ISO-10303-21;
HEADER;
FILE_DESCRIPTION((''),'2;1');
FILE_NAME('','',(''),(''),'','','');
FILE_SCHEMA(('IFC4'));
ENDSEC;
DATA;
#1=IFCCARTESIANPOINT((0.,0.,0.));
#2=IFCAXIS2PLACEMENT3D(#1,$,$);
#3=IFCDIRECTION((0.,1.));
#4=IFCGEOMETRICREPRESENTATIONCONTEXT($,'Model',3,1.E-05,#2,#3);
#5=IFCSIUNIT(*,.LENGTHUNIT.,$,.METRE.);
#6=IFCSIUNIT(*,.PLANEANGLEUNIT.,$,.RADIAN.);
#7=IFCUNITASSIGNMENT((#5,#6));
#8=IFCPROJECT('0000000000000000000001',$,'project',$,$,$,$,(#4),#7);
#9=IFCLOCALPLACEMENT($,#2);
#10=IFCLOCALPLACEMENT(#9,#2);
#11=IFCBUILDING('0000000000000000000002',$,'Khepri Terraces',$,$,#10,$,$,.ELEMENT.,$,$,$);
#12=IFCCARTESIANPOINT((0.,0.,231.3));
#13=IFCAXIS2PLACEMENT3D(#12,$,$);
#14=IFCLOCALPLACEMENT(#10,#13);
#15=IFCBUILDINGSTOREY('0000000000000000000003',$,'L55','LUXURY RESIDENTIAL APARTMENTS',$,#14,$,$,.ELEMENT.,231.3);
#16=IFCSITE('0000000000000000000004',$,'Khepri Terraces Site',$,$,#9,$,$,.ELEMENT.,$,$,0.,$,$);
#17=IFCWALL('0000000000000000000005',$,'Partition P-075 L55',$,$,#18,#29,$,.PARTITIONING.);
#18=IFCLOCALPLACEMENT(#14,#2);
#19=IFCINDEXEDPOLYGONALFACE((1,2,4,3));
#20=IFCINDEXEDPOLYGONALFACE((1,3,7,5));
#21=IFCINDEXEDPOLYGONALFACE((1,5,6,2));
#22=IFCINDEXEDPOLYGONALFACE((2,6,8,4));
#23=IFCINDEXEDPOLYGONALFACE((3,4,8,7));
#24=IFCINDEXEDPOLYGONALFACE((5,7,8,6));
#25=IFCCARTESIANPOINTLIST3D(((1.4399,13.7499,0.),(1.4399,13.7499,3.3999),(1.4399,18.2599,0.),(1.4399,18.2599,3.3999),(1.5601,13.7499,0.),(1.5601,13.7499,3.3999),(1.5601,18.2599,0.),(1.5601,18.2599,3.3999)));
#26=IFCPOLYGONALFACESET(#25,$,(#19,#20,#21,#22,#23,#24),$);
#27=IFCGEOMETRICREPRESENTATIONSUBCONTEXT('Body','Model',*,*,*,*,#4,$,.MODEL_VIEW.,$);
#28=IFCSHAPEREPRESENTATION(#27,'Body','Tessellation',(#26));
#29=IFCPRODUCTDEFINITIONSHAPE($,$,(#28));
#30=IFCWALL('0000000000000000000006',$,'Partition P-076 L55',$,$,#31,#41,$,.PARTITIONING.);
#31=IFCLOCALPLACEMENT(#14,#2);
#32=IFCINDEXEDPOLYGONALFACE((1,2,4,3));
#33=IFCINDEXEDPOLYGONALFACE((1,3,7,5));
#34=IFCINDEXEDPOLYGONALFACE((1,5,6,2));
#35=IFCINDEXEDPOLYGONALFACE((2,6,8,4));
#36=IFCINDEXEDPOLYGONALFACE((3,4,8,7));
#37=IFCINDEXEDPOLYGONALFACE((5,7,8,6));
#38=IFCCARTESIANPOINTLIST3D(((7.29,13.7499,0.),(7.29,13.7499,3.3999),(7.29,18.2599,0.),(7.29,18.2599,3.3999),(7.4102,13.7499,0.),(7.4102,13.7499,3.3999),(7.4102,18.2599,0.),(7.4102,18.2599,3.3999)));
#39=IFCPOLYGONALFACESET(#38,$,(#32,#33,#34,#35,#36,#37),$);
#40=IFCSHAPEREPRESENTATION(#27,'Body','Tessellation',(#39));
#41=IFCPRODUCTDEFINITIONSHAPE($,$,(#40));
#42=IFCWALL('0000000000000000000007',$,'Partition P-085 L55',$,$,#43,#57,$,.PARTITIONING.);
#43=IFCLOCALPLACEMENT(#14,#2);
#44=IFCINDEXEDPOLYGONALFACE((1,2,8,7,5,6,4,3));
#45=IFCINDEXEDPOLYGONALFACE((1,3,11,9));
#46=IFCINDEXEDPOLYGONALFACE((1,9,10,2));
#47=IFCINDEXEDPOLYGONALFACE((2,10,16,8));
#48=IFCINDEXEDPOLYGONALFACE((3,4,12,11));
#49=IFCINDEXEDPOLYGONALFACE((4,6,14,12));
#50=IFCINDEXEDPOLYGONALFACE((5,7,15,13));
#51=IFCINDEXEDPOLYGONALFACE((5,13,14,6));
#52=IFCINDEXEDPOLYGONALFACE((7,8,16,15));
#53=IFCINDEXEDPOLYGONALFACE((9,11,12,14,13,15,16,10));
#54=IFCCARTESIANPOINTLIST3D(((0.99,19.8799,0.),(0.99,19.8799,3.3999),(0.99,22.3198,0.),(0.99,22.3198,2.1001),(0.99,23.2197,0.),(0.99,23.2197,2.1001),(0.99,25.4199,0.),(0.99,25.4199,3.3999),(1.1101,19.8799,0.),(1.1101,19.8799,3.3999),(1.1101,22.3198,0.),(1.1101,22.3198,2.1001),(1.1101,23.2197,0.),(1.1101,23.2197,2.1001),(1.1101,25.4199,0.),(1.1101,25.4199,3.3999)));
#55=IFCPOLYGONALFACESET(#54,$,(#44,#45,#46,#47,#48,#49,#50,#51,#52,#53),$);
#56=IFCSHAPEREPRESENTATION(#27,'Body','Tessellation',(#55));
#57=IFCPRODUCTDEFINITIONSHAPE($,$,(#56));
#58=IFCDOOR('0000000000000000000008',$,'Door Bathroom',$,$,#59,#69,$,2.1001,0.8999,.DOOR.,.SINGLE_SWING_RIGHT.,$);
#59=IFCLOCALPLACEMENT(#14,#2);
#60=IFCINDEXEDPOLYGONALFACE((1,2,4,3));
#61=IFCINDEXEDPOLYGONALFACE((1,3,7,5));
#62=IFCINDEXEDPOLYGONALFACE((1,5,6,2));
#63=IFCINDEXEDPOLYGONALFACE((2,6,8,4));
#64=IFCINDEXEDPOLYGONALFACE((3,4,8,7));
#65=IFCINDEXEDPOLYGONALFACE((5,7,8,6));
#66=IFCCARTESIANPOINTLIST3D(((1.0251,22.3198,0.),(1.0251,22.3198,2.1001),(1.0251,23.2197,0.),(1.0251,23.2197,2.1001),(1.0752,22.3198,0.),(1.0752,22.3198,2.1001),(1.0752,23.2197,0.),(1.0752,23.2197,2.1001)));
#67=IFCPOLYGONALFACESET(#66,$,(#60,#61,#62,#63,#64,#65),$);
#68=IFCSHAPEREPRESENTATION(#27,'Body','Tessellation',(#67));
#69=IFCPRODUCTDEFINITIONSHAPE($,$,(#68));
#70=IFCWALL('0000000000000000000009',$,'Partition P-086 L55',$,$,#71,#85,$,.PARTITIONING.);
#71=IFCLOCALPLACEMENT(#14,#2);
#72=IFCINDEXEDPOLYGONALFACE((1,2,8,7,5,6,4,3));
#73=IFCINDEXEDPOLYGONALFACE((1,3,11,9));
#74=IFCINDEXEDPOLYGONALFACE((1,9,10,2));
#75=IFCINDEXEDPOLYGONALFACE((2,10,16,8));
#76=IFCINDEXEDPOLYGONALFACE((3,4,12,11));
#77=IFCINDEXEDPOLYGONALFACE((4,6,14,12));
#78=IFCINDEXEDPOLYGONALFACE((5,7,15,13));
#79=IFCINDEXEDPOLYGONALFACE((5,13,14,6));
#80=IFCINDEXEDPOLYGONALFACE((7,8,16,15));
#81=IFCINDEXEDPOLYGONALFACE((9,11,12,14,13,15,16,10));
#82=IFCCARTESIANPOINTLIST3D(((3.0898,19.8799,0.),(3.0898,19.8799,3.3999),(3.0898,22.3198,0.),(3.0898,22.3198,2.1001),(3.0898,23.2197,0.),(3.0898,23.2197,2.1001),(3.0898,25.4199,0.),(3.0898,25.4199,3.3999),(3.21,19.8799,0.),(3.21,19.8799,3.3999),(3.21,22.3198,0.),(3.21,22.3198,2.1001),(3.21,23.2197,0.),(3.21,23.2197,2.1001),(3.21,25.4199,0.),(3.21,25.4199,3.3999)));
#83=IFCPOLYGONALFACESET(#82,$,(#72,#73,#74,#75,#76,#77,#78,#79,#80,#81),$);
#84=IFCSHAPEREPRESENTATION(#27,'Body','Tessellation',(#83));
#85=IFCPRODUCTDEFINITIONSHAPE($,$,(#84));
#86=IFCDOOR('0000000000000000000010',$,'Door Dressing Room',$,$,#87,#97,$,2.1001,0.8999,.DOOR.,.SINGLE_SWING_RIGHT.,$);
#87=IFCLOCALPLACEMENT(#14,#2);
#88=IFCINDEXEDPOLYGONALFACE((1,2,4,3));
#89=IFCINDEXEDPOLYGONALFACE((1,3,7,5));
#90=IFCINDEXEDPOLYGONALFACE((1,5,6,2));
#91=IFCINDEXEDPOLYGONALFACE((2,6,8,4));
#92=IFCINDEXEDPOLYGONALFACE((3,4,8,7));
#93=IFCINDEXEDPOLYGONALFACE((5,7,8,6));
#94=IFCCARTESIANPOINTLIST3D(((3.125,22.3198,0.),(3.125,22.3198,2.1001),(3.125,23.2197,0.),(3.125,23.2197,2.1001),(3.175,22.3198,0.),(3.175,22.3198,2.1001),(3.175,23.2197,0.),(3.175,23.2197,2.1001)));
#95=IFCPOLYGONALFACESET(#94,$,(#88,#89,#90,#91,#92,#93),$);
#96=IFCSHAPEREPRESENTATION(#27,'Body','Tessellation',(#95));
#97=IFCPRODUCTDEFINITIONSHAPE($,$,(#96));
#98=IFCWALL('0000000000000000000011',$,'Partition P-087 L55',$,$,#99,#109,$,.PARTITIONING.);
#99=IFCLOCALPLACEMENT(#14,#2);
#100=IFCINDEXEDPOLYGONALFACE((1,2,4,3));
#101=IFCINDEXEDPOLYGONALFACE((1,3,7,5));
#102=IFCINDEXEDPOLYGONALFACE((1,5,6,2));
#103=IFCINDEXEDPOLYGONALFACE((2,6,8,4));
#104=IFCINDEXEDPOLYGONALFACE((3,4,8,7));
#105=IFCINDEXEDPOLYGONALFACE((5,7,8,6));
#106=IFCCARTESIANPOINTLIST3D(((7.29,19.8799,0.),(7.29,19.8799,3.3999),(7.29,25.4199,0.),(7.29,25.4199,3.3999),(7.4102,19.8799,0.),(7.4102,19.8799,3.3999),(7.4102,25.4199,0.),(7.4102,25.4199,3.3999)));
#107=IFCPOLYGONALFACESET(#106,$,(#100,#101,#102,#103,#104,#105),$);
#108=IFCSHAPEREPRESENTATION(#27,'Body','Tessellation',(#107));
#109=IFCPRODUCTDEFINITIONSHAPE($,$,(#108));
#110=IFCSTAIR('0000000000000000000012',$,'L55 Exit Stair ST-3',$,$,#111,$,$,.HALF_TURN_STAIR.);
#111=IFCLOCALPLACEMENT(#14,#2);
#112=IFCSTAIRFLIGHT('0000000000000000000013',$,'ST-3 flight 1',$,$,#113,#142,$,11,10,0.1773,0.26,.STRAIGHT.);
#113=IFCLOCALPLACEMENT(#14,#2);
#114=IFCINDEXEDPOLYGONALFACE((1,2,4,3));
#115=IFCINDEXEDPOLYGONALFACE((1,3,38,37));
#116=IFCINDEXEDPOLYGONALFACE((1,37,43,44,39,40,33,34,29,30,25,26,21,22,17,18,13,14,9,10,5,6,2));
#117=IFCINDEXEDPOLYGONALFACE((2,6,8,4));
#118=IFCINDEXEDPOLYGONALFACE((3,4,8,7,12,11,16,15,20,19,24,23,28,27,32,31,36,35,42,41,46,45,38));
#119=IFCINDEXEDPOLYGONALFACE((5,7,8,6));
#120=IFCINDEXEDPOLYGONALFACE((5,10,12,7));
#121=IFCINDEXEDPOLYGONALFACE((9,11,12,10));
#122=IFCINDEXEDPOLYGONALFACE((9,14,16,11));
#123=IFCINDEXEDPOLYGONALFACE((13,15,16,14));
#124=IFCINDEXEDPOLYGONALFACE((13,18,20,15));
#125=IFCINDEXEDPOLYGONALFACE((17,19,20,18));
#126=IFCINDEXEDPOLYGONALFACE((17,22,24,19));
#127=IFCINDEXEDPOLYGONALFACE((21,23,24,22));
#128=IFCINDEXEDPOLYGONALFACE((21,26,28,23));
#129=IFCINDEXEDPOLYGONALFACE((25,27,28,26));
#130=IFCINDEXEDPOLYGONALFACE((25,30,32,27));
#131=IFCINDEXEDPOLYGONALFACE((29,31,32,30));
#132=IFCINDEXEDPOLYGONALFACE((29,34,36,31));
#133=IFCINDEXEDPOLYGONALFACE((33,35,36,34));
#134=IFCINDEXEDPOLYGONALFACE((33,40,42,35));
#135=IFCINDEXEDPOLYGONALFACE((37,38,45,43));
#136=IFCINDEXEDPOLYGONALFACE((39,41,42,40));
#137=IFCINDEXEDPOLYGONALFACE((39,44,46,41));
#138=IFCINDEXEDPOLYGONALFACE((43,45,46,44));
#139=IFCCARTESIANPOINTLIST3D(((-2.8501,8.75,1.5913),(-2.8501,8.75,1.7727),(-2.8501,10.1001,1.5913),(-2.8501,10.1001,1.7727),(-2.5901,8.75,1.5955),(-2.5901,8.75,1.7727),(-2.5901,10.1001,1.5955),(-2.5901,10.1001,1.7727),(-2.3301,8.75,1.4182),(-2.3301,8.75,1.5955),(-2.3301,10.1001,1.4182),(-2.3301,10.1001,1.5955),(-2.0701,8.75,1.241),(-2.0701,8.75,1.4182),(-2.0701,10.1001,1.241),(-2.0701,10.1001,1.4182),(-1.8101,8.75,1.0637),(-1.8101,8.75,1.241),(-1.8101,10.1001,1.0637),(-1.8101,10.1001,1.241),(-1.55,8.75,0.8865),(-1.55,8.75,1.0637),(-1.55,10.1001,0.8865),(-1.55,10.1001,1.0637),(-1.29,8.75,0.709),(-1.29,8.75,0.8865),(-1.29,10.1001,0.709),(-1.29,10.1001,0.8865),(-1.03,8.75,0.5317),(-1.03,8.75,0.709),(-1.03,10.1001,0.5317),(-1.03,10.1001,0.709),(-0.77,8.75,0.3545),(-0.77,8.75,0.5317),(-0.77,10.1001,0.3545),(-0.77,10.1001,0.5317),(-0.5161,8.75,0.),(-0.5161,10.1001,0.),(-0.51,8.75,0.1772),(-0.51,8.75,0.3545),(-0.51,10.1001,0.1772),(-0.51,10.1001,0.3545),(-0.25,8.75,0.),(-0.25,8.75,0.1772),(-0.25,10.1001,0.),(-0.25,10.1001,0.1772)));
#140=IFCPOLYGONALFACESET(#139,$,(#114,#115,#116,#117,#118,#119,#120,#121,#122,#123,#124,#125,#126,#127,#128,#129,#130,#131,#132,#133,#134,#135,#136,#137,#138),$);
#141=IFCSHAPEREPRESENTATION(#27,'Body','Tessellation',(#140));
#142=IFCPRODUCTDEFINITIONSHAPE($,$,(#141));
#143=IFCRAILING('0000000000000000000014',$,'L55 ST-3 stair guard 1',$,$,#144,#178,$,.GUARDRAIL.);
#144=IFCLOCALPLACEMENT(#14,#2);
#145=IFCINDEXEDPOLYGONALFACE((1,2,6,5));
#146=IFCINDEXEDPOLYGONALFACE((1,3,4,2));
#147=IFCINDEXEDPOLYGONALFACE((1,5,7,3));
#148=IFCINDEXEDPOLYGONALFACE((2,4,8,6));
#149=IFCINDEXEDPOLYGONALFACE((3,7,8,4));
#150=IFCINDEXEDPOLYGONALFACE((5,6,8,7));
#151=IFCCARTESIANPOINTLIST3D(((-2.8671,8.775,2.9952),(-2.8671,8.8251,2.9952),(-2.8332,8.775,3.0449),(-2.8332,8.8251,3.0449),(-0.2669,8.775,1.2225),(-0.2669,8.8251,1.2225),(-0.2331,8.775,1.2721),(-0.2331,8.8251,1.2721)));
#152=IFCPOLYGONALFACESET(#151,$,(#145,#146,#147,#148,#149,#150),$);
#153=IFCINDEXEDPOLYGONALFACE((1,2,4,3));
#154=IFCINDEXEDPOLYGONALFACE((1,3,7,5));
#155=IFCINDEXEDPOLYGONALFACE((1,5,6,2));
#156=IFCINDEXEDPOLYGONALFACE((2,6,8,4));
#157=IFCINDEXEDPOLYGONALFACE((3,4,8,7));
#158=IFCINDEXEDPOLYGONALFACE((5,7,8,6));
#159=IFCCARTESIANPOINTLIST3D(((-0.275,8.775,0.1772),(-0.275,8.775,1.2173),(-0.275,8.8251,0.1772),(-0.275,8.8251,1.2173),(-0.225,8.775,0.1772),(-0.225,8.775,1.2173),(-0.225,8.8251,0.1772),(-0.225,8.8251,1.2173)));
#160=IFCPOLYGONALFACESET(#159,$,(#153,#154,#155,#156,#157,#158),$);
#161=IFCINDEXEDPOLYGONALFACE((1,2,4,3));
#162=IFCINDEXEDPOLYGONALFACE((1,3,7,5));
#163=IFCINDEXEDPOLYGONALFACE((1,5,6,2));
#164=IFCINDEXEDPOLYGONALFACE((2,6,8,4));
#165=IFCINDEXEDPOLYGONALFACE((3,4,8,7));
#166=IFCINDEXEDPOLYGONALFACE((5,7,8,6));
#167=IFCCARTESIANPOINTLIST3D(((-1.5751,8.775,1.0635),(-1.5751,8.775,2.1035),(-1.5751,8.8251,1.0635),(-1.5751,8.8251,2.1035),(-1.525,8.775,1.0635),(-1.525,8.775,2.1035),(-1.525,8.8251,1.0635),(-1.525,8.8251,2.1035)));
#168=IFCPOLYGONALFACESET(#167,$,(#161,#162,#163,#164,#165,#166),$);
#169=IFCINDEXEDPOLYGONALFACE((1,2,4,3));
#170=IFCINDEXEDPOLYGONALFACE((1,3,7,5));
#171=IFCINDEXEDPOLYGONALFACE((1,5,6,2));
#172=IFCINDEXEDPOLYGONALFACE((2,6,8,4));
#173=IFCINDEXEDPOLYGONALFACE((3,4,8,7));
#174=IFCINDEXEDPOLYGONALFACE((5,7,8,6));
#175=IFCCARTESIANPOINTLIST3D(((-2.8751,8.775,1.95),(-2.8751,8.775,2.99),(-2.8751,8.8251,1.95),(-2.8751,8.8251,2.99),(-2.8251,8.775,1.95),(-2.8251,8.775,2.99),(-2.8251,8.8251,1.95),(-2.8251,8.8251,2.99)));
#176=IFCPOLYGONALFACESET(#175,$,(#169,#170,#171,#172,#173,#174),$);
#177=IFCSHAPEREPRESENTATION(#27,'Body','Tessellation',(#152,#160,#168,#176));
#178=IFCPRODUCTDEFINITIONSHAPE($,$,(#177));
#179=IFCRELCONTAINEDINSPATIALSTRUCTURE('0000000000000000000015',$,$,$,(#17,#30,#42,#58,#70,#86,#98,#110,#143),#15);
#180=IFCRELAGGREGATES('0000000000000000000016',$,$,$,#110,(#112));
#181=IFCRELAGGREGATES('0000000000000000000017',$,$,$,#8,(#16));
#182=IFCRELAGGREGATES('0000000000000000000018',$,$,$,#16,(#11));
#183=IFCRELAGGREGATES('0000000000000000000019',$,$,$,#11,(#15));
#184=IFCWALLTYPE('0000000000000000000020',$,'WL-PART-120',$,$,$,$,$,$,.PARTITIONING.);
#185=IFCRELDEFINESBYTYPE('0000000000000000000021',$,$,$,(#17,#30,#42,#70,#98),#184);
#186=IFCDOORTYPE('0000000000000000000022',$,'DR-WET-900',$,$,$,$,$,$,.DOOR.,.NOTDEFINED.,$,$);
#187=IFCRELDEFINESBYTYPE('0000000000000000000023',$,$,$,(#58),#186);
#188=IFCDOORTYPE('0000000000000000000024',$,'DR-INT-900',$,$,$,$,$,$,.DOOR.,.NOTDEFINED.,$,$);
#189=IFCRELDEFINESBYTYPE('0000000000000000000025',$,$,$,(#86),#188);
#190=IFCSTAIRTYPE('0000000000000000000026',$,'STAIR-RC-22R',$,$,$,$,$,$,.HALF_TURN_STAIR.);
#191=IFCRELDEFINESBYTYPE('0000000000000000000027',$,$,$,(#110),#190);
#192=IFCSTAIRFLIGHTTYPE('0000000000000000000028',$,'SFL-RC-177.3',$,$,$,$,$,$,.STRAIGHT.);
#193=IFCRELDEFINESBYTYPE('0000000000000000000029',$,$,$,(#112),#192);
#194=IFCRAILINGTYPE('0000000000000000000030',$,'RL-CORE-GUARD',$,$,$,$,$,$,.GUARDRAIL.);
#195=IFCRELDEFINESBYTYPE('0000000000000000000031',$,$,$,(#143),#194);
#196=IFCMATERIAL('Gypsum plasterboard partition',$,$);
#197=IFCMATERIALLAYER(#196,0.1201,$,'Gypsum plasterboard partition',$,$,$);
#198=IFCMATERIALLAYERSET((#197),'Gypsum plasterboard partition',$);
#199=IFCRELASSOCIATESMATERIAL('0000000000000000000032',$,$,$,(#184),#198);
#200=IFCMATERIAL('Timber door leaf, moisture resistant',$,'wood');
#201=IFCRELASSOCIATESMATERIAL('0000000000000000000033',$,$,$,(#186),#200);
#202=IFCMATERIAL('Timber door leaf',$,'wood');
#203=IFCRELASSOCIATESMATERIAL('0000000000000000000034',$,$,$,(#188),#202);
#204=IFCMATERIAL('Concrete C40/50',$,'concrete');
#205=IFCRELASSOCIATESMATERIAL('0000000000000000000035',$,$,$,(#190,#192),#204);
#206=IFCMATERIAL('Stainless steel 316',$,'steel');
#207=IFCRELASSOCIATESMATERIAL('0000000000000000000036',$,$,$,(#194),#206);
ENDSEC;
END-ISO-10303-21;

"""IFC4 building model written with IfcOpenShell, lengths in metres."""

from ifc_helpers import new_model, si_unit, direction, frame, frame_2d, origin, origin_2d, place, context, subcontext, project, spatial, polyline, rectangle, outline, extrude, material, layer, layer_set, type_object, element, fill, aggregate, save


model = new_model("IFC4")

# Units and contexts
model_context = context("Model", 3, precision=1e-05, world=origin(), true_north=direction((0.0, 1.0)))
body_context = subcontext(model_context, "Body", "Model", "MODEL_VIEW")
ifc_project = project(units=[si_unit("LENGTHUNIT", "METRE"), si_unit("PLANEANGLEUNIT", "RADIAN")], contexts=[model_context])

# Site, building, storey
site_placement = place(None, origin())
site = spatial("IfcSite", under=ifc_project, at=site_placement, Name="Khepri Terraces Site", CompositionType="ELEMENT", RefElevation=0.0)
building_placement = place(site_placement, origin())
building = spatial("IfcBuilding", under=site, at=building_placement, Name="Khepri Terraces", CompositionType="ELEMENT")
storey_placement = place(building_placement, frame((0.0, 0.0, 231.3)))
storey = spatial("IfcBuildingStorey", under=building, at=storey_placement, Name="L55", Description="LUXURY RESIDENTIAL APARTMENTS", CompositionType="ELEMENT", Elevation=231.3)

# Walls
ifc_material_1 = material(Name="Gypsum plasterboard partition")
ifc_layer_1 = layer(ifc_material_1, 0.1201, Name="Gypsum plasterboard partition")
ifc_layer_set_1 = layer_set([ifc_layer_1], Name="Gypsum plasterboard partition")
wall_type_1 = type_object("IfcWallType", Name="WL-PART-120", PredefinedType="PARTITIONING", material=ifc_layer_set_1)
for number, where, z_axis, x_axis, name in (
    (1, (1.5, 13.75, 0.0), (0.0, 0.0, 1.0), (0.0, 1.0, 0.0), "Partition P-075 L55"),
    (2, (7.3501, 13.75, 0.0), (0.0, 0.0, 1.0), (0.0, 1.0, 0.0), "Partition P-076 L55"),
):
    element("IfcWall", number, at=place(storey_placement, frame(where, z_axis=z_axis, x_axis=x_axis)), inside=storey, type_object=wall_type_1, Name=name, PredefinedType="PARTITIONING", context=body_context, shape_type="SweptSolid", body=[
        extrude(rectangle(XDim=4.51, YDim=0.1201, at=frame_2d((2.2549, 0.0))), origin(), (0.0, 0.0, 1.0), 3.3999),
    ])

# Walls, openings, doors
wall_1_placement = place(storey_placement, frame((1.05, 19.8799, 0.0), z_axis=(0.0, 0.0, 1.0), x_axis=(0.0, 1.0, 0.0)))
wall_1 = element("IfcWall", 3, at=wall_1_placement, inside=storey, type_object=wall_type_1, Name="Partition P-085 L55", PredefinedType="PARTITIONING", context=body_context, shape_type="SweptSolid", body=[
    extrude(rectangle(XDim=5.54, YDim=0.1201, at=frame_2d((2.77, 0.0))), origin(), (0.0, 0.0, 1.0), 3.3999),
])
opening_1_placement = place(wall_1_placement, frame((2.4399, 0.0, 0.0)))
opening_1 = element("IfcOpeningElement", 4, at=opening_1_placement, cuts=wall_1, PredefinedType="OPENING", context=body_context, shape_type="SweptSolid", body=[
    extrude(rectangle(XDim=0.8999, YDim=2.1001, at=frame_2d((0.45, 1.05))), frame((0.0, 0.0701, 0.0), z_axis=(0.0, -1.0, 0.0), x_axis=(1.0, 0.0, 0.0)), (0.0, 0.0, 1.0), 0.1401),
])
ifc_material_2 = material(Name="Timber door leaf, moisture resistant", Category="wood")
door_type_1 = type_object("IfcDoorType", Name="DR-WET-900", OperationType="NOTDEFINED", PredefinedType="DOOR", material=ifc_material_2)
door_1_placement = place(opening_1_placement, origin())
door_1 = element("IfcDoor", 5, at=door_1_placement, inside=storey, type_object=door_type_1, Name="Door Bathroom", OperationType="SINGLE_SWING_RIGHT", OverallHeight=2.1001, OverallWidth=0.8999, PredefinedType="DOOR", context=body_context, shape_type="SweptSolid", body=[
    extrude(rectangle(XDim=0.8999, YDim=2.1001, at=frame_2d((0.45, 1.05))), frame((0.0, 0.0249, 0.0), z_axis=(0.0, -1.0, 0.0), x_axis=(1.0, 0.0, 0.0)), (0.0, 0.0, 1.0), 0.05),
])
fill(opening_1, door_1)
wall_2_placement = place(storey_placement, frame((3.1499, 19.8799, 0.0), z_axis=(0.0, 0.0, 1.0), x_axis=(0.0, 1.0, 0.0)))
wall_2 = element("IfcWall", 6, at=wall_2_placement, inside=storey, type_object=wall_type_1, Name="Partition P-086 L55", PredefinedType="PARTITIONING", context=body_context, shape_type="SweptSolid", body=[
    extrude(rectangle(XDim=5.54, YDim=0.1201, at=frame_2d((2.77, 0.0))), origin(), (0.0, 0.0, 1.0), 3.3999),
])
opening_2_placement = place(wall_2_placement, frame((2.4399, 0.0, 0.0)))
opening_2 = element("IfcOpeningElement", 7, at=opening_2_placement, cuts=wall_2, PredefinedType="OPENING", context=body_context, shape_type="SweptSolid", body=[
    extrude(rectangle(XDim=0.8999, YDim=2.1001, at=frame_2d((0.45, 1.05))), frame((0.0, 0.0701, 0.0), z_axis=(0.0, -1.0, 0.0), x_axis=(1.0, 0.0, 0.0)), (0.0, 0.0, 1.0), 0.1401),
])
ifc_material_3 = material(Name="Timber door leaf", Category="wood")
door_type_2 = type_object("IfcDoorType", Name="DR-INT-900", OperationType="NOTDEFINED", PredefinedType="DOOR", material=ifc_material_3)
door_2_placement = place(opening_2_placement, origin())
door_2 = element("IfcDoor", 8, at=door_2_placement, inside=storey, type_object=door_type_2, Name="Door Dressing Room", OperationType="SINGLE_SWING_RIGHT", OverallHeight=2.1001, OverallWidth=0.8999, PredefinedType="DOOR", context=body_context, shape_type="SweptSolid", body=[
    extrude(rectangle(XDim=0.8999, YDim=2.1001, at=frame_2d((0.45, 1.05))), frame((0.0, 0.0249, 0.0), z_axis=(0.0, -1.0, 0.0), x_axis=(1.0, 0.0, 0.0)), (0.0, 0.0, 1.0), 0.05),
])
fill(opening_2, door_2)

# Wall
wall_3_placement = place(storey_placement, frame((7.3501, 19.8799, 0.0), z_axis=(0.0, 0.0, 1.0), x_axis=(0.0, 1.0, 0.0)))
element("IfcWall", 9, at=wall_3_placement, inside=storey, type_object=wall_type_1, Name="Partition P-087 L55", PredefinedType="PARTITIONING", context=body_context, shape_type="SweptSolid", body=[
    extrude(rectangle(XDim=5.54, YDim=0.1201, at=frame_2d((2.77, 0.0))), origin(), (0.0, 0.0, 1.0), 3.3999),
])

# Stair, stair flight
ifc_material_4 = material(Name="Concrete C40/50", Category="concrete")
stair_type = type_object("IfcStairType", Name="STAIR-RC-22R", PredefinedType="HALF_TURN_STAIR", material=ifc_material_4)
stair_placement = place(storey_placement, origin())
stair = element("IfcStair", 10, at=stair_placement, inside=storey, type_object=stair_type, Name="L55 Exit Stair ST-3", PredefinedType="HALF_TURN_STAIR")
stair_flight_type = type_object("IfcStairFlightType", Name="SFL-RC-177.3", PredefinedType="STRAIGHT", material=ifc_material_4)
stair_flight_placement = place(storey_placement, frame((-0.25, 9.425, 0.0), z_axis=(0.0, 0.0, 1.0), x_axis=(-1.0, 0.0, 0.0)))
stair_flight = element("IfcStairFlight", 11, at=stair_flight_placement, type_object=stair_flight_type, Name="ST-3 flight 1", NumberOfRisers=11, NumberOfTreads=10, PredefinedType="STRAIGHT", RiserHeight=0.1773, TreadLength=0.26, context=body_context, shape_type="SweptSolid", body=[
    extrude(outline(polyline([(0.0, 0.0), (0.0, 0.1772), (0.26, 0.1772), (0.26, 0.3545), (0.52, 0.3545), (0.52, 0.5317), (0.78, 0.5317), (0.78, 0.709), (1.04, 0.709), (1.04, 0.8865), (1.3, 0.8865), (1.3, 1.0637), (1.5601, 1.0637), (1.5601, 1.241), (1.8201, 1.241), (1.8201, 1.4182), (2.0801, 1.4182), (2.0801, 1.5955), (2.3401, 1.5955), (2.3401, 1.7727), (2.6001, 1.7727), (2.6001, 1.95), (2.6001, 1.5913), (0.2661, 0.0), (0.0, 0.0)])), frame((0.0, 0.675, 0.0), z_axis=(0.0, -1.0, 0.0), x_axis=(1.0, 0.0, 0.0)), (0.0, 0.0, 1.0), 1.3501),
])
aggregate(stair, [stair_flight])

# Railing
ifc_material_5 = material(Name="Stainless steel 316", Category="steel")
railing_type_1 = type_object("IfcRailingType", Name="RL-CORE-GUARD", PredefinedType="GUARDRAIL", material=ifc_material_5)
railing_1_placement = place(storey_placement, frame((-0.25, 8.8, 0.1772)))
element("IfcRailing", 12, at=railing_1_placement, inside=storey, type_object=railing_type_1, Name="L55 ST-3 stair guard 1", PredefinedType="GUARDRAIL", context=body_context, shape_type="SweptSolid", body=[
    extrude(rectangle(XDim=0.05, YDim=0.0601, at=origin_2d()), frame((0.0, 0.0, 1.0701), z_axis=(-0.82624, 0.0, 0.563318), x_axis=(0.0, -1.0, 0.0)), (0.0, 0.0, 1.0), 3.147),
    extrude(rectangle(XDim=0.05, YDim=0.05, at=origin_2d()), origin(), (0.0, 0.0, 1.0), 1.04),
    extrude(rectangle(XDim=0.05, YDim=0.05, at=origin_2d()), frame((-1.3, 0.0, 0.8862)), (0.0, 0.0, 1.0), 1.04),
    extrude(rectangle(XDim=0.05, YDim=0.05, at=origin_2d()), frame((-2.6001, 0.0, 1.7727)), (0.0, 0.0, 1.0), 1.04),
])

save(model, "model.ifc")
